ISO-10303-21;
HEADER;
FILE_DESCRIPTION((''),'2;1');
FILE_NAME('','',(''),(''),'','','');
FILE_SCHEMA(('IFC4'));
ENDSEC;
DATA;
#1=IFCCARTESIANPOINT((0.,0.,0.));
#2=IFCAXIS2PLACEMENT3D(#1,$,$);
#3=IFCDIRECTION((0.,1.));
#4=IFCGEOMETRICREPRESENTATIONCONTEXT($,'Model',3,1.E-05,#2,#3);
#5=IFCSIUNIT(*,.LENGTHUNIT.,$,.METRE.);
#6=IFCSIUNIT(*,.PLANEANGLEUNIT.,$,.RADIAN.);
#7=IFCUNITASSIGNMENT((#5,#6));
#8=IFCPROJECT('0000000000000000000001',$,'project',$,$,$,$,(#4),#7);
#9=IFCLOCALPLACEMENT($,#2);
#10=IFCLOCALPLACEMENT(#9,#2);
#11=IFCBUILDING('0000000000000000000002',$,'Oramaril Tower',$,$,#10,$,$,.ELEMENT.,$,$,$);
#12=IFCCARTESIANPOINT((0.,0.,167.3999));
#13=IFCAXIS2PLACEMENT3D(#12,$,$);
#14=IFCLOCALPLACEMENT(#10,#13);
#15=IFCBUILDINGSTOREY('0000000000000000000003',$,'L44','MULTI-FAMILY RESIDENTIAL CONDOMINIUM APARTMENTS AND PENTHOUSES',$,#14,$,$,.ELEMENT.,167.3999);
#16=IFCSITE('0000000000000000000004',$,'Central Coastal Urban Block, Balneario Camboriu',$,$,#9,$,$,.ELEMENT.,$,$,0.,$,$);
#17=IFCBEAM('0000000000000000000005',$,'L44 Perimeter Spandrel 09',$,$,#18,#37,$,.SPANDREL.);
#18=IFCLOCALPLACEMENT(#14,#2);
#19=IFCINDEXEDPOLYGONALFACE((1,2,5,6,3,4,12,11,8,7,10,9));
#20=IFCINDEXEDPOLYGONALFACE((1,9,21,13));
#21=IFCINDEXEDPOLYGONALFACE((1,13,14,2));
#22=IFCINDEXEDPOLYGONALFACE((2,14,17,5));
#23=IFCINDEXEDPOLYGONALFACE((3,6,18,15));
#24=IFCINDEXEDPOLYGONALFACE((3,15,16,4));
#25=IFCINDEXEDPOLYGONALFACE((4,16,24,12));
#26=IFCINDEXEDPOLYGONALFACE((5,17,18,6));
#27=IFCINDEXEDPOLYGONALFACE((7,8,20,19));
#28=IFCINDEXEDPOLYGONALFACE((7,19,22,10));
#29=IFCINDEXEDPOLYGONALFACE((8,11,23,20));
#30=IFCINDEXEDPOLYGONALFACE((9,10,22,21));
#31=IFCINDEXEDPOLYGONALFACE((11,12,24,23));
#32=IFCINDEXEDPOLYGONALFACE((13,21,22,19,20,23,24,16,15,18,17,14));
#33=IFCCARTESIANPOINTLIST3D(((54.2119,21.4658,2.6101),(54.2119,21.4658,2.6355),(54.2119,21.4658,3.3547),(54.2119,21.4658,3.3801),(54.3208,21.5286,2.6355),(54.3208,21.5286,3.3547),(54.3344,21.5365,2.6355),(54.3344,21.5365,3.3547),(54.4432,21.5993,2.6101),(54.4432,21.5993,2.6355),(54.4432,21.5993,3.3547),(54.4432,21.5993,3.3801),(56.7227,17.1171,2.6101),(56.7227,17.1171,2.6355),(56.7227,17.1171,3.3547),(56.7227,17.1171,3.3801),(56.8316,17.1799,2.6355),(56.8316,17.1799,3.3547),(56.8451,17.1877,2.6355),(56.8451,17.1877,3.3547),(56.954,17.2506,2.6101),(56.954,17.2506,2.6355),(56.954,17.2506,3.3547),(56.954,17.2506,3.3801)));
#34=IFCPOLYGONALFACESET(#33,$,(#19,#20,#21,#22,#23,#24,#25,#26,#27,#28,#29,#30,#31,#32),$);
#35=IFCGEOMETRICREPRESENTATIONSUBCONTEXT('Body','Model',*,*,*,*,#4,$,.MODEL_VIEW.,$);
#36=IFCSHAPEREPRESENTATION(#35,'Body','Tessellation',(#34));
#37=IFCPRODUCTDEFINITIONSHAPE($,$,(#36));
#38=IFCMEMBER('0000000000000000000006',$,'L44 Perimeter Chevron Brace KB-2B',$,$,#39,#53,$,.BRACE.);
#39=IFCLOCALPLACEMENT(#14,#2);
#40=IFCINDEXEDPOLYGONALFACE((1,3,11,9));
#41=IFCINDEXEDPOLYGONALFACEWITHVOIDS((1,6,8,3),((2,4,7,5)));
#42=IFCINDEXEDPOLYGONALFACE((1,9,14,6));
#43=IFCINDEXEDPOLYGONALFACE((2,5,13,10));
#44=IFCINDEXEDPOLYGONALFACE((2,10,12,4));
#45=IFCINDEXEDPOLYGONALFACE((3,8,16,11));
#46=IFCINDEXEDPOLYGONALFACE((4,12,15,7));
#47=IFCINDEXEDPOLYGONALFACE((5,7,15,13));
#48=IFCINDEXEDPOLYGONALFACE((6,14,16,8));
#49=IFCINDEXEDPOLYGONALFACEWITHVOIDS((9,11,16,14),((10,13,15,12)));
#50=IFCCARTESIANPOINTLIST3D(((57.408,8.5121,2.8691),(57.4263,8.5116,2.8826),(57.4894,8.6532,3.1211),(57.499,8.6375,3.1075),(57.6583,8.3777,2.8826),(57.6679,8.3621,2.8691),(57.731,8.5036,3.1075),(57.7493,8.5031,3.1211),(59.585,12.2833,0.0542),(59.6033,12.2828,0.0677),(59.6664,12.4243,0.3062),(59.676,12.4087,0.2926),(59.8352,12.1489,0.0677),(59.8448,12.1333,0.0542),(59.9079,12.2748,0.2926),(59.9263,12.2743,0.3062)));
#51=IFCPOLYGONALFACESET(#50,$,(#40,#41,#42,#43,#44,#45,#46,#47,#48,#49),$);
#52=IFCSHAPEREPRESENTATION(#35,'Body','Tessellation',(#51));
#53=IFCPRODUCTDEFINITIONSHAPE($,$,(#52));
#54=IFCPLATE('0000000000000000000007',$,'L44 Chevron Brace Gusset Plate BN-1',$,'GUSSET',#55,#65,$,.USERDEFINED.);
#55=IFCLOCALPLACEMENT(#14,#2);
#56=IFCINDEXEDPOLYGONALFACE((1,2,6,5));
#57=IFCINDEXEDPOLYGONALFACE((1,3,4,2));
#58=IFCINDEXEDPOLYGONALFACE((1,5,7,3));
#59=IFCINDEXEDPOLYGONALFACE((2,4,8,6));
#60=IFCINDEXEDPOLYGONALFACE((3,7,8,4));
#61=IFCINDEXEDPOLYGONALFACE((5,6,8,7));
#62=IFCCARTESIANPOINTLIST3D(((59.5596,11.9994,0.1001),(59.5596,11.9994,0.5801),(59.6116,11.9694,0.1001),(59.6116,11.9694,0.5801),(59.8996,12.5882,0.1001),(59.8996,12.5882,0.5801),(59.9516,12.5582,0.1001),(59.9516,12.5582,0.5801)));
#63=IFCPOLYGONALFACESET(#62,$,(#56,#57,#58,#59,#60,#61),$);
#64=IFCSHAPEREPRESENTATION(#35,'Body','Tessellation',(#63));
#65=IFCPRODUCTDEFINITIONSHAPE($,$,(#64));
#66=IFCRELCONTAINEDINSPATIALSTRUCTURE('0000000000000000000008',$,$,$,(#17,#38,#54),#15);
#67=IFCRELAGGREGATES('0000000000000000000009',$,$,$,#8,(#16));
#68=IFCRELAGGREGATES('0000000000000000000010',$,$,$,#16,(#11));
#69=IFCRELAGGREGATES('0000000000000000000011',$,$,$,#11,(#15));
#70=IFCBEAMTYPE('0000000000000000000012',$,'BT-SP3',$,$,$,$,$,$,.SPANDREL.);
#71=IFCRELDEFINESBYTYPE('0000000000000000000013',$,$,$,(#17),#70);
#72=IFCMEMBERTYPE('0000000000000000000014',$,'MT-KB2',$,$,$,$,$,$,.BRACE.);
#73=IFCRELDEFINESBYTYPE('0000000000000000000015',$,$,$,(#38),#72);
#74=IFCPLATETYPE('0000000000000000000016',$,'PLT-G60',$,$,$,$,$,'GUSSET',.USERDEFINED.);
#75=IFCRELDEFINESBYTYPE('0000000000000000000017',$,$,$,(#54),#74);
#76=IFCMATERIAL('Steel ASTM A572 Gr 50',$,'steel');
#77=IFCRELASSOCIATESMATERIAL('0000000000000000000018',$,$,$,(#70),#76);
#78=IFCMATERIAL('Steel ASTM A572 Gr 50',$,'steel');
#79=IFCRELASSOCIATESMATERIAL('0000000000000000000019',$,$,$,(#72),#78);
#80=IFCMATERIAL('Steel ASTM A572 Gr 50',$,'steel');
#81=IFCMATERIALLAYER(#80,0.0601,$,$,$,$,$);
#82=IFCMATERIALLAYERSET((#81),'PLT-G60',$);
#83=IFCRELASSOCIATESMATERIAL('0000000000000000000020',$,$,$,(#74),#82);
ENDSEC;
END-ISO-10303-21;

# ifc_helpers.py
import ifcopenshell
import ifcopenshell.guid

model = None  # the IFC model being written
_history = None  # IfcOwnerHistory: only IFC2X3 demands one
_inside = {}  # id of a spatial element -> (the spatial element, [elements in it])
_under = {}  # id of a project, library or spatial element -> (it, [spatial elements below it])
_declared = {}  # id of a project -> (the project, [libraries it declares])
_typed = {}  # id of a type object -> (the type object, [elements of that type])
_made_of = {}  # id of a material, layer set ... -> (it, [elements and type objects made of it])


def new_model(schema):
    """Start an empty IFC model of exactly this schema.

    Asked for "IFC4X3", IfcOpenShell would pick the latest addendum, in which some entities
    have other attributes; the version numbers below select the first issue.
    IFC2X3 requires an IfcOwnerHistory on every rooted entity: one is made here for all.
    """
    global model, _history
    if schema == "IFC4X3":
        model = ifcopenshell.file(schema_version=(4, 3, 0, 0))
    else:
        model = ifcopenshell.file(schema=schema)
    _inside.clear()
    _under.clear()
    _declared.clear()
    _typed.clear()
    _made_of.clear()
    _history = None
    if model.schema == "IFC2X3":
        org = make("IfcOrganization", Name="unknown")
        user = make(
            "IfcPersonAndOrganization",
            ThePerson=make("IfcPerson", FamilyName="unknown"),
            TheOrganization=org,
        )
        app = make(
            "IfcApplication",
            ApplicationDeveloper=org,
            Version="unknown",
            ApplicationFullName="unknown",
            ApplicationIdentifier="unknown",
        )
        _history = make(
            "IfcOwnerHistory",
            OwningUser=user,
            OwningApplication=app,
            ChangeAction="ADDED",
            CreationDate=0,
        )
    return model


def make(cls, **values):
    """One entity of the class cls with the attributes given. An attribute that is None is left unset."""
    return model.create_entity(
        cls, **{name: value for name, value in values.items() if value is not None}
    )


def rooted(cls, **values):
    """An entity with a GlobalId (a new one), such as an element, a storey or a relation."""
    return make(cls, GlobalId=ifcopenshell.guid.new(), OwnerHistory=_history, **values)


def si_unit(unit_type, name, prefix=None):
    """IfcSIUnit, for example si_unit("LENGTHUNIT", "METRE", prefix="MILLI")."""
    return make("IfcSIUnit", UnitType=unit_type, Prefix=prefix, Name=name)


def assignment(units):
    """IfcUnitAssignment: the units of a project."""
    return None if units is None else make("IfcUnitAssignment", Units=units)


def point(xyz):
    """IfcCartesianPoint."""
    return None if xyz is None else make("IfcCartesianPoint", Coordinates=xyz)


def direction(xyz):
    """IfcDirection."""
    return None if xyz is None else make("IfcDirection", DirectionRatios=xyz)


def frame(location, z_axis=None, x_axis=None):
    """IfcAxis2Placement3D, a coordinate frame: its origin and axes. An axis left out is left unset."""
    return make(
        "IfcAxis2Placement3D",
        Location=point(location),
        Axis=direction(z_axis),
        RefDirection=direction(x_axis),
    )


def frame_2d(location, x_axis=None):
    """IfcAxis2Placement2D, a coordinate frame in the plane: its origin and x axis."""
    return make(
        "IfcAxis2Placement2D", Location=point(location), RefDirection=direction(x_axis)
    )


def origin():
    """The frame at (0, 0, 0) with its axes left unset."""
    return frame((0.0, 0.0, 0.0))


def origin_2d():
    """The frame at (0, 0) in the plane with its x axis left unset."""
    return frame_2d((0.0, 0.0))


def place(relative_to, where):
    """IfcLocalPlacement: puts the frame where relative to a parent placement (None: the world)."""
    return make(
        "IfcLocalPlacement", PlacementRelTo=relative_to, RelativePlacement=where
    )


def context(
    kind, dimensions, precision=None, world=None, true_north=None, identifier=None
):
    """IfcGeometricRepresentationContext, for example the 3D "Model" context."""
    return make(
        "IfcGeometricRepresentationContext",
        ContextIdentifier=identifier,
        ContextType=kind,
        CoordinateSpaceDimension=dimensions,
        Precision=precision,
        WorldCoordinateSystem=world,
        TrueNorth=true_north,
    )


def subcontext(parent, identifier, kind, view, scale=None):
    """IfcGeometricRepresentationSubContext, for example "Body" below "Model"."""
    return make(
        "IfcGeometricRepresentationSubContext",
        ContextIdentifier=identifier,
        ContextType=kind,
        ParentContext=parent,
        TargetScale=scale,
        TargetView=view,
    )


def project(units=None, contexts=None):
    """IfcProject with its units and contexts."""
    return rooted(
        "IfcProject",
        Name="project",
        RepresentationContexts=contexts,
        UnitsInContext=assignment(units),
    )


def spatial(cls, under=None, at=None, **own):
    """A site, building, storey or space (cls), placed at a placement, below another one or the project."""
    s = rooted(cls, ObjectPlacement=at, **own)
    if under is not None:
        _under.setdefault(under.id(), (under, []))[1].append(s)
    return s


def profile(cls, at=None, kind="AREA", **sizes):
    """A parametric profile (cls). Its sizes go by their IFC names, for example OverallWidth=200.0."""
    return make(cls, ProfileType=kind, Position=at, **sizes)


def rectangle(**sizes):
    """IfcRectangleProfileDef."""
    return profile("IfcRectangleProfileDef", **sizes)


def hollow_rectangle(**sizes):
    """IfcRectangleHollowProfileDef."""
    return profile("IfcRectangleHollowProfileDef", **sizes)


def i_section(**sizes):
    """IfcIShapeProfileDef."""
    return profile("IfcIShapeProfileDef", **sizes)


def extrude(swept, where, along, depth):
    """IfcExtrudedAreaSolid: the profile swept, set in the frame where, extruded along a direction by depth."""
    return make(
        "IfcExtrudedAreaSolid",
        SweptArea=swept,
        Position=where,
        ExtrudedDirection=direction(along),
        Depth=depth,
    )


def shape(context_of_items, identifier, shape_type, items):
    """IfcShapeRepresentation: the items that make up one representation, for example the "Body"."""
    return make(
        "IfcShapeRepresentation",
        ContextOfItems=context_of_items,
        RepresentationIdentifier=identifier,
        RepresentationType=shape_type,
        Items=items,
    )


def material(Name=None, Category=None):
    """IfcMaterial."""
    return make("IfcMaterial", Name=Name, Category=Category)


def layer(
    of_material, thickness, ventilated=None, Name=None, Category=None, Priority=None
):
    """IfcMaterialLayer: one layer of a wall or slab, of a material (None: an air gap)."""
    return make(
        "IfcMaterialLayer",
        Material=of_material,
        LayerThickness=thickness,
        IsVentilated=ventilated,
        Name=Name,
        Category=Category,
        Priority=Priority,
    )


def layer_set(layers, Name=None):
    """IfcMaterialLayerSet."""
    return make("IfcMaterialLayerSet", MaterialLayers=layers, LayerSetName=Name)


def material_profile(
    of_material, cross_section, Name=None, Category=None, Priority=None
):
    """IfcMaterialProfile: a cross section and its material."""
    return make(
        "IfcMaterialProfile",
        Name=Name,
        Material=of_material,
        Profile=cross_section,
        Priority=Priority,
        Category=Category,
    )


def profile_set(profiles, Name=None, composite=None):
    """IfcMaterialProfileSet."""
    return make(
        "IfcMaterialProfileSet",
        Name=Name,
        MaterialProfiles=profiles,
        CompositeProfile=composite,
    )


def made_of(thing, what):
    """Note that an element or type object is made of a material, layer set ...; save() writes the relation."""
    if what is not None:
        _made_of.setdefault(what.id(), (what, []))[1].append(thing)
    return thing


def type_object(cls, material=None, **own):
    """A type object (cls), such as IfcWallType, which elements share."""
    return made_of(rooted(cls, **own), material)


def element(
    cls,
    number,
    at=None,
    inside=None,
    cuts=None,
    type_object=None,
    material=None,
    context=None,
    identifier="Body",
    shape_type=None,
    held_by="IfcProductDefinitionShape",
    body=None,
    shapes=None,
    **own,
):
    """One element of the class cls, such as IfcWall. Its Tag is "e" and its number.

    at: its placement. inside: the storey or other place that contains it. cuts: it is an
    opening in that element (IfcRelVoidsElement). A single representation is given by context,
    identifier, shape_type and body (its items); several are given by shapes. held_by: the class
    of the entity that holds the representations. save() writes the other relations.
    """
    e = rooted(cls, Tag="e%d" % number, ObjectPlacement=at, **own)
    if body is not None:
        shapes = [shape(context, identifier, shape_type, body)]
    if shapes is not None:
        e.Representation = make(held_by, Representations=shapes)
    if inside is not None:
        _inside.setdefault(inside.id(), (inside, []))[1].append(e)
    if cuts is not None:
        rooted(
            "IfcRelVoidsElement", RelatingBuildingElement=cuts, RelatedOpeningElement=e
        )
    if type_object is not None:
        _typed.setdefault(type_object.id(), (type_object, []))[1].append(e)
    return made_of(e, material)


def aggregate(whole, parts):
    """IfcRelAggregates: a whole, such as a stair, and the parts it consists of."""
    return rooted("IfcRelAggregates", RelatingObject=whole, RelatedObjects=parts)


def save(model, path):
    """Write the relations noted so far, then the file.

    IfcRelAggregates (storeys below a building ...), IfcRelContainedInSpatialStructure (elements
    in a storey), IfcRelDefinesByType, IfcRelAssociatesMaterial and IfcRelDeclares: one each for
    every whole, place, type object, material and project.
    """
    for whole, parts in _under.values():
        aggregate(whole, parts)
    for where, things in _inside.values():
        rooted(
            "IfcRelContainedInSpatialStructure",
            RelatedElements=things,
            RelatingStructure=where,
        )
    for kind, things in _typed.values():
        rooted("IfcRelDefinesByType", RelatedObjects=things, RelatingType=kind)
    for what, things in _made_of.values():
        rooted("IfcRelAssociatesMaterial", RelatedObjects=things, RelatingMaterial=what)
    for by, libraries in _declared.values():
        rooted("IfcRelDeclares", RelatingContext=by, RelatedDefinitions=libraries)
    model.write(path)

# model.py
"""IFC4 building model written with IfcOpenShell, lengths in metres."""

from ifc_helpers import new_model, si_unit, direction, frame, origin, origin_2d, place, context, subcontext, project, spatial, rectangle, hollow_rectangle, i_section, extrude, material, layer, layer_set, material_profile, profile_set, type_object, element, save


model = new_model("IFC4")

# Units and contexts
model_context = context("Model", 3, precision=1e-05, world=origin(), true_north=direction((0.0, 1.0)))
body_context = subcontext(model_context, "Body", "Model", "MODEL_VIEW")
ifc_project = project(units=[si_unit("LENGTHUNIT", "METRE"), si_unit("PLANEANGLEUNIT", "RADIAN")], contexts=[model_context])

# Site, building, storey
site_placement = place(None, origin())
site = spatial("IfcSite", under=ifc_project, at=site_placement, Name="Central Coastal Urban Block, Balneario Camboriu", CompositionType="ELEMENT", RefElevation=0.0)
building_placement = place(site_placement, origin())
building = spatial("IfcBuilding", under=site, at=building_placement, Name="Oramaril Tower", CompositionType="ELEMENT")
storey_placement = place(building_placement, frame((0.0, 0.0, 167.3999)))
storey = spatial("IfcBuildingStorey", under=building, at=storey_placement, Name="L44", Description="MULTI-FAMILY RESIDENTIAL CONDOMINIUM APARTMENTS AND PENTHOUSES", CompositionType="ELEMENT", Elevation=167.3999)

# Beam
ifc_material_1 = material(Name="Steel ASTM A572 Gr 50", Category="steel")
ifc_material_profile_1 = material_profile(ifc_material_1, i_section(OverallWidth=0.2671, OverallDepth=0.77, WebThickness=0.0156, FlangeThickness=0.0254, at=origin_2d()), Name="W30X132")
ifc_profile_set_1 = profile_set([ifc_material_profile_1], Name="Steel ASTM A572 Gr 50")
beam_type_1 = type_object("IfcBeamType", Name="BT-SP3", PredefinedType="SPANDREL", material=ifc_profile_set_1)
beam_1_placement = place(storey_placement, frame((56.8384, 17.1838, 2.9951), z_axis=(-0.500009, 0.86602, 0.0), x_axis=(-0.86602, -0.500009, 0.0)))
element("IfcBeam", 1, at=beam_1_placement, inside=storey, type_object=beam_type_1, Name="L44 Perimeter Spandrel 09", PredefinedType="SPANDREL", context=body_context, shape_type="SweptSolid", body=[
    extrude(i_section(OverallWidth=0.2671, OverallDepth=0.77, WebThickness=0.0156, FlangeThickness=0.0254, at=origin_2d()), origin(), (0.0, 0.0, 1.0), 5.0215),
])

# Member
ifc_material_2 = material(Name="Steel ASTM A572 Gr 50", Category="steel")
ifc_material_profile_2 = material_profile(ifc_material_2, hollow_rectangle(XDim=0.3, YDim=0.3, WallThickness=0.0161, at=origin_2d()), Name="HSS300X300X16")
ifc_profile_set_2 = profile_set([ifc_material_profile_2], Name="Steel ASTM A572 Gr 50")
member_type = type_object("IfcMemberType", Name="MT-KB2", PredefinedType="BRACE", material=ifc_profile_set_2)
member_placement = place(storey_placement, frame((59.7556, 12.2788, 0.1802), z_axis=(-0.419856, -0.72732, 0.542888), x_axis=(0.866058, -0.499944, 0.0)))
element("IfcMember", 2, at=member_placement, inside=storey, type_object=member_type, Name="L44 Perimeter Chevron Brace KB-2B", PredefinedType="BRACE", context=body_context, shape_type="SweptSolid", body=[
    extrude(hollow_rectangle(XDim=0.3, YDim=0.3, WallThickness=0.0161, at=origin_2d()), origin(), (0.0, 0.0, 1.0), 5.1851),
])

# Plate
ifc_material_3 = material(Name="Steel ASTM A572 Gr 50", Category="steel")
ifc_layer_1 = layer(ifc_material_3, 0.0601)
ifc_layer_set_1 = layer_set([ifc_layer_1], Name="PLT-G60")
plate_type = type_object("IfcPlateType", Name="PLT-G60", ElementType="GUSSET", PredefinedType="USERDEFINED", material=ifc_layer_set_1)
plate_placement = place(storey_placement, frame((59.7556, 12.2788, 0.1001), z_axis=(0.0, 0.0, 1.0), x_axis=(0.499997, 0.866027, 0.0)))
element("IfcPlate", 3, at=plate_placement, inside=storey, type_object=plate_type, Name="L44 Chevron Brace Gusset Plate BN-1", ObjectType="GUSSET", PredefinedType="USERDEFINED", context=body_context, shape_type="SweptSolid", body=[
    extrude(rectangle(XDim=0.6799, YDim=0.0601, at=origin_2d()), origin(), (0.0, 0.0, 1.0), 0.48),
])

save(model, "model.ifc")
